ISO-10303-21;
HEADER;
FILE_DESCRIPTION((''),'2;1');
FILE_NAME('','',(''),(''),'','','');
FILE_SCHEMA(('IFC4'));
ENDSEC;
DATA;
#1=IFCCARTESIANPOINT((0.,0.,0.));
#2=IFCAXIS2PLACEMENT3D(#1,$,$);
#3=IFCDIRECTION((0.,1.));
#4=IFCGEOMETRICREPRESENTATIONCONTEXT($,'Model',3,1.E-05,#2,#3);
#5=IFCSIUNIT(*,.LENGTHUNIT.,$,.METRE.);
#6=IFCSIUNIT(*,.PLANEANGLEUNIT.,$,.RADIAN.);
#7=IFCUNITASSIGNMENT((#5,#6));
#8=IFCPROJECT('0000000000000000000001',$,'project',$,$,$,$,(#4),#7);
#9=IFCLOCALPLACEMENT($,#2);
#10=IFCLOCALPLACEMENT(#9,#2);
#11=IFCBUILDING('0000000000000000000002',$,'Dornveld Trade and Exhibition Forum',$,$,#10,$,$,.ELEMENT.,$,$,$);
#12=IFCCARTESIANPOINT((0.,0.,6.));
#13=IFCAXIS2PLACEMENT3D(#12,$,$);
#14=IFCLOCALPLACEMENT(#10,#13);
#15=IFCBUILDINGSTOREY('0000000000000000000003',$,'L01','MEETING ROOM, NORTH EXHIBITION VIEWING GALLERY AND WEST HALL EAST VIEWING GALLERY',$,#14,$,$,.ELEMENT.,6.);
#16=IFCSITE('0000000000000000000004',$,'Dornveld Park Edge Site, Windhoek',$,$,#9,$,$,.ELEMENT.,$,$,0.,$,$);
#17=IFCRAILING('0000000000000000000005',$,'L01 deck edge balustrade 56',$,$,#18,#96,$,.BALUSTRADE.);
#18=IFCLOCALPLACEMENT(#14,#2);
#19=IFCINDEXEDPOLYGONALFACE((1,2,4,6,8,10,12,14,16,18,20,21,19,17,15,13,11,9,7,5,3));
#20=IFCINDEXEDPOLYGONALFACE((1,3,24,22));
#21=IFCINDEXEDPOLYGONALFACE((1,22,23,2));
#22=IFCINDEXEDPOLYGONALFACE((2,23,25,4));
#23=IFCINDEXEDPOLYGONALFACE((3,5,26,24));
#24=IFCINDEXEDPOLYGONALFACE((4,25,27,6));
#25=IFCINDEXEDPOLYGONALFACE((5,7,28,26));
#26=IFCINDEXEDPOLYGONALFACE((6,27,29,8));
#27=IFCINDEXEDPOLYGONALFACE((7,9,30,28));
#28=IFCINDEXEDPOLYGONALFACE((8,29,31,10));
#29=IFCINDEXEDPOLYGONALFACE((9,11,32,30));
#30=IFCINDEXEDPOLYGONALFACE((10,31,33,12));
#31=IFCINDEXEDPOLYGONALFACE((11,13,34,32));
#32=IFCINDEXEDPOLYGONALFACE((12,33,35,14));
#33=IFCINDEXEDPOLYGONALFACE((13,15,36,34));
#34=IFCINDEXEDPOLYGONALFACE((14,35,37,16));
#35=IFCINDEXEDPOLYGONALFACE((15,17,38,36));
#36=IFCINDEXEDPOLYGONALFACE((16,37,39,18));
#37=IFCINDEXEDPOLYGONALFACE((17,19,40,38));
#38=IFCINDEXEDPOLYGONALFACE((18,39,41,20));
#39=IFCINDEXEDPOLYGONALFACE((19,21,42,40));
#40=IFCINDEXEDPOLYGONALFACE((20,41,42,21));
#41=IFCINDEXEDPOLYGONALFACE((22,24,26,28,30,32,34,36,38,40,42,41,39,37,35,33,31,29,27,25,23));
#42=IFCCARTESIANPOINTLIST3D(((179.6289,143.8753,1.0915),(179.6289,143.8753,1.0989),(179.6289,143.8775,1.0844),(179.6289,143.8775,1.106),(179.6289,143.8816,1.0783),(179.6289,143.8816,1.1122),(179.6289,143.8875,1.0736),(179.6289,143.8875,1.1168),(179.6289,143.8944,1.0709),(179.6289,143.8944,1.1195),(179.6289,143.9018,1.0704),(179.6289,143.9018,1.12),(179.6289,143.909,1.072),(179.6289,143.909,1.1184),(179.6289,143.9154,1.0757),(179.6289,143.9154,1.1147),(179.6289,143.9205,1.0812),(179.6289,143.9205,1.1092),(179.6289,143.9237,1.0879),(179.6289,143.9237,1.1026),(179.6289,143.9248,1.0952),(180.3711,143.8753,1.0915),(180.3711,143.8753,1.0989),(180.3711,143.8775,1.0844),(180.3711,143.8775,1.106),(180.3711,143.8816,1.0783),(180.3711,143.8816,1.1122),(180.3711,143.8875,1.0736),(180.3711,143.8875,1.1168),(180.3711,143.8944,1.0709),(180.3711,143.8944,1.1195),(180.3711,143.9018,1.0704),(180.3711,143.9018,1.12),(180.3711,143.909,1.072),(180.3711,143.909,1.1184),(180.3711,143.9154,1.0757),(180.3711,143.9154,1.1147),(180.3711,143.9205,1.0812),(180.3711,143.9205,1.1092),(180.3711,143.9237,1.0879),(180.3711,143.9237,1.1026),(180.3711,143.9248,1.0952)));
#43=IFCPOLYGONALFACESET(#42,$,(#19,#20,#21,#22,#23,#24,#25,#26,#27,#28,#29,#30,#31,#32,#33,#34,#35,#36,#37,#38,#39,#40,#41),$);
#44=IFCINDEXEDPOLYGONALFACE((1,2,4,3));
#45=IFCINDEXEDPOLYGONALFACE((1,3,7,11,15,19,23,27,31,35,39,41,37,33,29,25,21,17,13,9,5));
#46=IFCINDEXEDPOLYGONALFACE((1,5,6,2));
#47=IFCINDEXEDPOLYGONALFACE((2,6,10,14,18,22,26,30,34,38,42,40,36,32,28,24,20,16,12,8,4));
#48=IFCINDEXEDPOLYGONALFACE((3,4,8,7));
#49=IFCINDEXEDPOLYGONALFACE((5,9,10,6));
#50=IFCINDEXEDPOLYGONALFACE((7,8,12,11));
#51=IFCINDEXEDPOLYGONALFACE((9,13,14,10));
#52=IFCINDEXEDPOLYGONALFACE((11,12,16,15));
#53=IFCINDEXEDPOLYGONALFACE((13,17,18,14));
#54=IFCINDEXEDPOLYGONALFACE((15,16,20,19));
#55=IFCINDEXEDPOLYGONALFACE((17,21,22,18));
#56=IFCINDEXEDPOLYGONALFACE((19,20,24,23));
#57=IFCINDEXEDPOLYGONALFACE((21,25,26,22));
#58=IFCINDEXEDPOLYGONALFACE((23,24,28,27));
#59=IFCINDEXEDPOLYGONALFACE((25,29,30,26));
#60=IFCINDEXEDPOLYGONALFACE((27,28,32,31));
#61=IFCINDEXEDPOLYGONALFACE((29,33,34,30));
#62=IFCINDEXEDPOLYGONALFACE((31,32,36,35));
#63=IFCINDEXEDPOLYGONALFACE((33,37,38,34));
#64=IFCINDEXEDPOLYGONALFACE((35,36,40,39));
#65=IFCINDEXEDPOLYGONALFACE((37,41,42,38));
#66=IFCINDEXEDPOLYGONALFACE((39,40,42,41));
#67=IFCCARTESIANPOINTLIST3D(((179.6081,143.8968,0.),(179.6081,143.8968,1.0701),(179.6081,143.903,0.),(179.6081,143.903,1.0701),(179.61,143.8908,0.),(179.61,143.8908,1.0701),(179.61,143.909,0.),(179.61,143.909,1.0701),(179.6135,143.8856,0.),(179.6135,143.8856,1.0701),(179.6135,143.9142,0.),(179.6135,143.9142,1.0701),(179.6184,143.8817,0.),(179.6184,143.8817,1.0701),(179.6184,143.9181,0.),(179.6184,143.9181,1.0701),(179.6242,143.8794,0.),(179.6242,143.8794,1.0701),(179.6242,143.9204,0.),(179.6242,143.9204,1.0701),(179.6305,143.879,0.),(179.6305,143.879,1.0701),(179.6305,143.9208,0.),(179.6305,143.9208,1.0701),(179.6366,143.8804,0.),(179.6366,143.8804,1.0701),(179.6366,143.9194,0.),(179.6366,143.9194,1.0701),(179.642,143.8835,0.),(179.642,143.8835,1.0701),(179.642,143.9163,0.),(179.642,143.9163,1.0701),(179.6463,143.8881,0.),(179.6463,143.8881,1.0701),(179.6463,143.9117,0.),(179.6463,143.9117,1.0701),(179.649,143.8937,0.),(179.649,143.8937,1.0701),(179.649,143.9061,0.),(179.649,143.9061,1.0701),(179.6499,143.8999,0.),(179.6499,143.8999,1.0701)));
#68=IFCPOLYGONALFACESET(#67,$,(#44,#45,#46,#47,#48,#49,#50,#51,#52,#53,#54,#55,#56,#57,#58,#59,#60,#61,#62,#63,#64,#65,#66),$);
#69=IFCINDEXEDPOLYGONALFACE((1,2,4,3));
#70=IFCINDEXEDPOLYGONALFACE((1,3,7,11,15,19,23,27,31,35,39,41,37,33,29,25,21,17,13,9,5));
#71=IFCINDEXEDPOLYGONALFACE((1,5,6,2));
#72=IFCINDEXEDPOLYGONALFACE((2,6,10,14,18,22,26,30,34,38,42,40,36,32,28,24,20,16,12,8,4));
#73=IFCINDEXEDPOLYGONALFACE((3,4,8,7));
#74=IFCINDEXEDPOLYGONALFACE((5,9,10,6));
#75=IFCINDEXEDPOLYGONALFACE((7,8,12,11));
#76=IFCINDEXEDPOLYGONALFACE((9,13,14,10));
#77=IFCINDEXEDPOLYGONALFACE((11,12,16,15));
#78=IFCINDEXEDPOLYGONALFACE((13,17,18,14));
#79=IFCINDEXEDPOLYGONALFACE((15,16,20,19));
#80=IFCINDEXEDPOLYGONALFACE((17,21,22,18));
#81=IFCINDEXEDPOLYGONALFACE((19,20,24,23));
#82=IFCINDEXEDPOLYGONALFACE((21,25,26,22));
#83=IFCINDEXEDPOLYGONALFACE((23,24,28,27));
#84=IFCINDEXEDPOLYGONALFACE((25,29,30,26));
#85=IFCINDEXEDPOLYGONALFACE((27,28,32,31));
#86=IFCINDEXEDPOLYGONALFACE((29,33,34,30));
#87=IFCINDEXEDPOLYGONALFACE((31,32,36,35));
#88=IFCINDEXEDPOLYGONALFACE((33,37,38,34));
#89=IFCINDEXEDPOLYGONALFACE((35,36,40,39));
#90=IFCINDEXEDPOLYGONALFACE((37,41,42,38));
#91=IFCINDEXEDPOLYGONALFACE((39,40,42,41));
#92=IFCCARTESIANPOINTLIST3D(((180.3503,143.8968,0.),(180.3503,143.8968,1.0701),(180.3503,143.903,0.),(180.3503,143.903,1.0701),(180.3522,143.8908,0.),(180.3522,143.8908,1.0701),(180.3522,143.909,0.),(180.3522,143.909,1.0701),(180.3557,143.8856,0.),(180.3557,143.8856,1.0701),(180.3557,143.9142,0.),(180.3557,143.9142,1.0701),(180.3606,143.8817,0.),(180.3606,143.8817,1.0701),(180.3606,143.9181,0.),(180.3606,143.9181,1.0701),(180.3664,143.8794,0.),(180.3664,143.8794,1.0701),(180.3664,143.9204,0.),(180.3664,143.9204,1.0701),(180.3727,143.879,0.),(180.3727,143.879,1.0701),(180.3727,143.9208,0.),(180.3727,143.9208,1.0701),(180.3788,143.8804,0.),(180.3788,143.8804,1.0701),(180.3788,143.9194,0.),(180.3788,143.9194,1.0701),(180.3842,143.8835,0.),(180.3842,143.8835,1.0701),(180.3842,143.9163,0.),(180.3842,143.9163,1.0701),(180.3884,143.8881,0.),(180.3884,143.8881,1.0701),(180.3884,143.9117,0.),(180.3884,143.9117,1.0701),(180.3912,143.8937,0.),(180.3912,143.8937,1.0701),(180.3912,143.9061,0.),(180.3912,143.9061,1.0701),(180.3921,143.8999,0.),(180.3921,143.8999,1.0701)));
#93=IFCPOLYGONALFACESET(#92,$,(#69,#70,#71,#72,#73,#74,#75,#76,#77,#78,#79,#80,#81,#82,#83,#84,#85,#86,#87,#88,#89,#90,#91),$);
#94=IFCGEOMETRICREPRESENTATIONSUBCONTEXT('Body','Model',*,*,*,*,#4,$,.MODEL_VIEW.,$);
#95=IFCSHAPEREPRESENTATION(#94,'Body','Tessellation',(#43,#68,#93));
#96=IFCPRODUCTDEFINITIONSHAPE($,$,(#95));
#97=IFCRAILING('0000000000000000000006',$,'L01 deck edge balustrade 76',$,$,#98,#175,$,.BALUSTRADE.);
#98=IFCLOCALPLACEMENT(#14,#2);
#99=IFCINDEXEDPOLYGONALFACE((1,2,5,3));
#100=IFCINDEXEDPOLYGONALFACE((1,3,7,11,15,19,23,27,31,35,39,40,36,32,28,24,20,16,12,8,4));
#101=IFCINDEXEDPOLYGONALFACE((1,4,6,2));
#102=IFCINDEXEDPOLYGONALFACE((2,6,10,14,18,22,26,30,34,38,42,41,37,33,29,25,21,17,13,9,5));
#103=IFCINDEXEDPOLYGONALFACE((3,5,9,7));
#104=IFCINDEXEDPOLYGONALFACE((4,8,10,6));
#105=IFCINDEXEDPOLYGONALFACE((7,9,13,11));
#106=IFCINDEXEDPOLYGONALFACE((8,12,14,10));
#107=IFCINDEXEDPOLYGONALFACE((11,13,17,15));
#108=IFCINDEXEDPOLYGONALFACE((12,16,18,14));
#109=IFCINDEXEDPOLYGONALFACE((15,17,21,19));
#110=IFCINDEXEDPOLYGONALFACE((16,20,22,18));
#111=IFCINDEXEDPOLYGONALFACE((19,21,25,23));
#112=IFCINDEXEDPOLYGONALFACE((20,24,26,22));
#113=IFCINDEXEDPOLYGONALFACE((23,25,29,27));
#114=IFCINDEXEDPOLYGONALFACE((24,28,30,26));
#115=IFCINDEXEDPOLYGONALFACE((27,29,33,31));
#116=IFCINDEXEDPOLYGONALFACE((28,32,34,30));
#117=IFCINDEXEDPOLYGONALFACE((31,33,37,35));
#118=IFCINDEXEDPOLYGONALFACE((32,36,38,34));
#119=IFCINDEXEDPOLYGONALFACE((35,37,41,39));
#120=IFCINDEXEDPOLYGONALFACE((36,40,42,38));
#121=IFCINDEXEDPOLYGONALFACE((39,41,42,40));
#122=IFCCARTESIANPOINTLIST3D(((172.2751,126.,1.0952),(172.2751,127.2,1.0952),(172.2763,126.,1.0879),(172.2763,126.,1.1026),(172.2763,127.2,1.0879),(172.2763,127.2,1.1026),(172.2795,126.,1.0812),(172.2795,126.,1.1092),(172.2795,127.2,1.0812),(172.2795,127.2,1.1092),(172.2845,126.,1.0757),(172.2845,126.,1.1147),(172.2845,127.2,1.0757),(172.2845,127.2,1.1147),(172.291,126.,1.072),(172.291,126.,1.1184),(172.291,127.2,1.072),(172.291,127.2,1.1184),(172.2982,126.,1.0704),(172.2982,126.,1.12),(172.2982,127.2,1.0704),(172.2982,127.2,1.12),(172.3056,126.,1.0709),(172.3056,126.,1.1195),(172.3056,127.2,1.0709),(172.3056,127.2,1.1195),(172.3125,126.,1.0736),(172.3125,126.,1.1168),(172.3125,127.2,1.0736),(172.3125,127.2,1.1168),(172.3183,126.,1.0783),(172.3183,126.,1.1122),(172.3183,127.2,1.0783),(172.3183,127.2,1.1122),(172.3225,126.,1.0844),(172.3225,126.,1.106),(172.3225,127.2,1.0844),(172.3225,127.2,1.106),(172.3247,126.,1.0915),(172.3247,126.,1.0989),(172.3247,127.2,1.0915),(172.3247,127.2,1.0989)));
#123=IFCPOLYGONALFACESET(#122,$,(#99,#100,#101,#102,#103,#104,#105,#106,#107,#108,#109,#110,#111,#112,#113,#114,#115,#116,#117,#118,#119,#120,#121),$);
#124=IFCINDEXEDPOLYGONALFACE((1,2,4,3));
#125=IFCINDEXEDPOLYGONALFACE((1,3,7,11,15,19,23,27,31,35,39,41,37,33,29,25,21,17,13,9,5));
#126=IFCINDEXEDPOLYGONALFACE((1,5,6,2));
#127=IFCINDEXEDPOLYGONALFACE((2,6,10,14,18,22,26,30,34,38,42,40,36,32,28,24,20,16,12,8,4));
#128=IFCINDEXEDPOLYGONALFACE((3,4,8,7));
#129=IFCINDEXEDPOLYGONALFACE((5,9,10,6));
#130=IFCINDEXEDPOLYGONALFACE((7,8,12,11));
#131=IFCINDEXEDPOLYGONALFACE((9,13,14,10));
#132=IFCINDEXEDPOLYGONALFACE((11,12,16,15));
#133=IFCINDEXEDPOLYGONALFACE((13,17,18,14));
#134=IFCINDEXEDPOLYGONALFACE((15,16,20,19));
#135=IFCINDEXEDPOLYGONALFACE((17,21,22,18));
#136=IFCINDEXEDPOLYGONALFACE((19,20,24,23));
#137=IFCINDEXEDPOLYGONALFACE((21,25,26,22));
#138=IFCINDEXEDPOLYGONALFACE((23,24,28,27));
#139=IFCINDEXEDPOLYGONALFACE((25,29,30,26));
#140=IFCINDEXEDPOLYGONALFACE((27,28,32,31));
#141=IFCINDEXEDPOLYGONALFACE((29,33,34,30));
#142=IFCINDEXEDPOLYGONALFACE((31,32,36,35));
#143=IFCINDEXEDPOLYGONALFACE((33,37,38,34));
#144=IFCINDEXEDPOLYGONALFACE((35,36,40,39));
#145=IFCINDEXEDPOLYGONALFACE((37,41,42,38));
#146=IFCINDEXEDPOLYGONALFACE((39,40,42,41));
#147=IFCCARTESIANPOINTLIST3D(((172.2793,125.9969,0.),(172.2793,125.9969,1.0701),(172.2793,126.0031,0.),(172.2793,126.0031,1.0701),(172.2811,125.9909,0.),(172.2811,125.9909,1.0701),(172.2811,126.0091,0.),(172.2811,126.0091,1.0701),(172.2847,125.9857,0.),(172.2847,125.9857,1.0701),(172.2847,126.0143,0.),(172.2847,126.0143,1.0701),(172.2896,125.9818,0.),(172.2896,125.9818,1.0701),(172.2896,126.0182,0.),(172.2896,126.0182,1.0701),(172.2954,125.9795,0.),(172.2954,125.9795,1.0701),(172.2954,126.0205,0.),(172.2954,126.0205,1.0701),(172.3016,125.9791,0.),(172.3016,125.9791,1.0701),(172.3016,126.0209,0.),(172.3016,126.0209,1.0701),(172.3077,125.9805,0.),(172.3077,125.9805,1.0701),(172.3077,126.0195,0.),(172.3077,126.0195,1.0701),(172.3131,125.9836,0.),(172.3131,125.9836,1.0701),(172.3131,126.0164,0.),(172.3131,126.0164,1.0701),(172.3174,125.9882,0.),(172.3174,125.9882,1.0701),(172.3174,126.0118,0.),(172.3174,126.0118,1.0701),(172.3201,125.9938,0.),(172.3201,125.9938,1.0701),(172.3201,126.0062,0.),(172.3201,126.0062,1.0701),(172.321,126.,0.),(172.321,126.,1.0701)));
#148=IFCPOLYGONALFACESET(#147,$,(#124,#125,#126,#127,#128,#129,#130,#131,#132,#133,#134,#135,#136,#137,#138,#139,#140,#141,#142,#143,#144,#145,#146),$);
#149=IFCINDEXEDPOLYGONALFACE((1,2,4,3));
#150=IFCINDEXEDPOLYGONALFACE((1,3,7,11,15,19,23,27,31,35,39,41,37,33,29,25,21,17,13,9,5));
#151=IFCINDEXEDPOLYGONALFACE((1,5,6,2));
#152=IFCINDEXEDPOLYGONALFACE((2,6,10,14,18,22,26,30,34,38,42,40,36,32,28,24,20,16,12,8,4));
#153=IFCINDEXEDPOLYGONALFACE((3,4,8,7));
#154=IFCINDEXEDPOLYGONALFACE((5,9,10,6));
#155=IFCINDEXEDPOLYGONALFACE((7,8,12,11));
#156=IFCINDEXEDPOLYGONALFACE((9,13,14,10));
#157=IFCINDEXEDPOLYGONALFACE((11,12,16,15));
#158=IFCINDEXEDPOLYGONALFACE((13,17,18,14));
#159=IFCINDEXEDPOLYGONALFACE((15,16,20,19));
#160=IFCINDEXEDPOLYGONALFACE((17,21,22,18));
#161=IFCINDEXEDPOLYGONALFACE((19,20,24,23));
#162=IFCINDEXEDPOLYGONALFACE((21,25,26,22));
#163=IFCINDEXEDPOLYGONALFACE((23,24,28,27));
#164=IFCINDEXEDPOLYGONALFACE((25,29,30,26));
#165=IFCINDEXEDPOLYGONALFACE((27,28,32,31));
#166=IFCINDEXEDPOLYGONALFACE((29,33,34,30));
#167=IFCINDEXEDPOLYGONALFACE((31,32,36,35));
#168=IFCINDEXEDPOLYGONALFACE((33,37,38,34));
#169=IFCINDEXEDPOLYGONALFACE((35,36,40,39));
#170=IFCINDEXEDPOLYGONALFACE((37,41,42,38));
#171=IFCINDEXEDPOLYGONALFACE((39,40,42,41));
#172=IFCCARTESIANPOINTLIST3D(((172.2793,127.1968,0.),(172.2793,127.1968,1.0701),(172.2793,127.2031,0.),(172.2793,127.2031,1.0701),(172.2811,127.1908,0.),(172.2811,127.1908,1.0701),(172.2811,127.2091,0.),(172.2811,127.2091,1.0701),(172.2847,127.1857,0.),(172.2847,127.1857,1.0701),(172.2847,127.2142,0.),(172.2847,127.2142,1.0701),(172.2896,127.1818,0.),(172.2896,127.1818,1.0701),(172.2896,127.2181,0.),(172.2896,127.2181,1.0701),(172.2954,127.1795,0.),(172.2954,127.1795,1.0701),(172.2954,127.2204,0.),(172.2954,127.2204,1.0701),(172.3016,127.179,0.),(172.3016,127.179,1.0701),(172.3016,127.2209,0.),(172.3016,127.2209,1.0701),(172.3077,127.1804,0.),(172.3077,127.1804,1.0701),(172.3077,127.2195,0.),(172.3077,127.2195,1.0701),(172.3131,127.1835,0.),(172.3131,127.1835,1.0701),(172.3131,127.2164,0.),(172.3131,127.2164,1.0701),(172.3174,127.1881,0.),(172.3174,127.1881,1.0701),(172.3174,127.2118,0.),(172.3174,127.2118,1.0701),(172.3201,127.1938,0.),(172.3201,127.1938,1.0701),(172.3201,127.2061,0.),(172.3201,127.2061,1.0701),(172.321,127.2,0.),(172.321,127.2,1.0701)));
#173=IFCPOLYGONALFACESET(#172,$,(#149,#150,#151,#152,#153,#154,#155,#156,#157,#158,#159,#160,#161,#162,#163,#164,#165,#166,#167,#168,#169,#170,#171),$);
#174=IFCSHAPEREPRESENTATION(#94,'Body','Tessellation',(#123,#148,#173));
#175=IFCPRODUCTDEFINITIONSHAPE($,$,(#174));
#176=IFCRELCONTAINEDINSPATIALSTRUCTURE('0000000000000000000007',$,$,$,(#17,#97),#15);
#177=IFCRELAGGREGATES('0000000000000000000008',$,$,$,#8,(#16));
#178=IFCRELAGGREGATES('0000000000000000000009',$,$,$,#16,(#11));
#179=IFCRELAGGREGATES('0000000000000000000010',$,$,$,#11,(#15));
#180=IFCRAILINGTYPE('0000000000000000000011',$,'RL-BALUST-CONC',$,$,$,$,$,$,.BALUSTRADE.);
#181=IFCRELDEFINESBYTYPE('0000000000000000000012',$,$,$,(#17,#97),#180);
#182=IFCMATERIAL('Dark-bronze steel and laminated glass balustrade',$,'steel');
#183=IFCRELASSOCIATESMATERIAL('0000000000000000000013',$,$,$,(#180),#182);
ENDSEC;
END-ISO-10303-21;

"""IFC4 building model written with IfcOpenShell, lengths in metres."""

from ifc_helpers import new_model, si_unit, direction, frame, origin, origin_2d, place, context, subcontext, project, spatial, circle, extrude, material, type_object, element, save


model = new_model("IFC4")

# Units and contexts
model_context = context("Model", 3, precision=1e-05, world=origin(), true_north=direction((0.0, 1.0)))
body_context = subcontext(model_context, "Body", "Model", "MODEL_VIEW")
ifc_project = project(units=[si_unit("LENGTHUNIT", "METRE"), si_unit("PLANEANGLEUNIT", "RADIAN")], contexts=[model_context])

# Site, building, storey
site_placement = place(None, origin())
site = spatial("IfcSite", under=ifc_project, at=site_placement, Name="Dornveld Park Edge Site, Windhoek", CompositionType="ELEMENT", RefElevation=0.0)
building_placement = place(site_placement, origin())
building = spatial("IfcBuilding", under=site, at=building_placement, Name="Dornveld Trade and Exhibition Forum", CompositionType="ELEMENT")
storey_placement = place(building_placement, frame((0.0, 0.0, 6.0)))
storey = spatial("IfcBuildingStorey", under=building, at=storey_placement, Name="L01", Description="MEETING ROOM, NORTH EXHIBITION VIEWING GALLERY AND WEST HALL EAST VIEWING GALLERY", CompositionType="ELEMENT", Elevation=6.0)

# Railings
ifc_material_1 = material(Name="Dark-bronze steel and laminated glass balustrade", Category="steel")
railing_type = type_object("IfcRailingType", Name="RL-BALUST-CONC", PredefinedType="BALUSTRADE", material=ifc_material_1)
railing_1_placement = place(storey_placement, frame((179.6289, 143.8999, 0.0)))
element("IfcRailing", 1, at=railing_1_placement, inside=storey, type_object=railing_type, Name="L01 deck edge balustrade 56", PredefinedType="BALUSTRADE", context=body_context, shape_type="SweptSolid", body=[
    extrude(circle(Radius=0.0249, at=origin_2d()), frame((0.0, 0.0, 1.0952), z_axis=(1.0, 0.0, 0.0), x_axis=(0.0, 1.0, 0.0)), (0.0, 0.0, 1.0), 0.7422),
    extrude(circle(Radius=0.021, at=origin_2d()), origin(), (0.0, 0.0, 1.0), 1.0701),
    extrude(circle(Radius=0.021, at=origin_2d()), frame((0.7422, 0.0, 0.0)), (0.0, 0.0, 1.0), 1.0701),
])
railing_2_placement = place(storey_placement, frame((172.3, 126.0, 0.0)))
element("IfcRailing", 2, at=railing_2_placement, inside=storey, type_object=railing_type, Name="L01 deck edge balustrade 76", PredefinedType="BALUSTRADE", context=body_context, shape_type="SweptSolid", body=[
    extrude(circle(Radius=0.0249, at=origin_2d()), frame((0.0, 0.0, 1.0952), z_axis=(0.0, 1.0, 0.0), x_axis=(-1.0, 0.0, 0.0)), (0.0, 0.0, 1.0), 1.2),
    extrude(circle(Radius=0.021, at=origin_2d()), origin(), (0.0, 0.0, 1.0), 1.0701),
    extrude(circle(Radius=0.021, at=origin_2d()), frame((0.0, 1.2, 0.0)), (0.0, 0.0, 1.0), 1.0701),
])

save(model, "model.ifc")
